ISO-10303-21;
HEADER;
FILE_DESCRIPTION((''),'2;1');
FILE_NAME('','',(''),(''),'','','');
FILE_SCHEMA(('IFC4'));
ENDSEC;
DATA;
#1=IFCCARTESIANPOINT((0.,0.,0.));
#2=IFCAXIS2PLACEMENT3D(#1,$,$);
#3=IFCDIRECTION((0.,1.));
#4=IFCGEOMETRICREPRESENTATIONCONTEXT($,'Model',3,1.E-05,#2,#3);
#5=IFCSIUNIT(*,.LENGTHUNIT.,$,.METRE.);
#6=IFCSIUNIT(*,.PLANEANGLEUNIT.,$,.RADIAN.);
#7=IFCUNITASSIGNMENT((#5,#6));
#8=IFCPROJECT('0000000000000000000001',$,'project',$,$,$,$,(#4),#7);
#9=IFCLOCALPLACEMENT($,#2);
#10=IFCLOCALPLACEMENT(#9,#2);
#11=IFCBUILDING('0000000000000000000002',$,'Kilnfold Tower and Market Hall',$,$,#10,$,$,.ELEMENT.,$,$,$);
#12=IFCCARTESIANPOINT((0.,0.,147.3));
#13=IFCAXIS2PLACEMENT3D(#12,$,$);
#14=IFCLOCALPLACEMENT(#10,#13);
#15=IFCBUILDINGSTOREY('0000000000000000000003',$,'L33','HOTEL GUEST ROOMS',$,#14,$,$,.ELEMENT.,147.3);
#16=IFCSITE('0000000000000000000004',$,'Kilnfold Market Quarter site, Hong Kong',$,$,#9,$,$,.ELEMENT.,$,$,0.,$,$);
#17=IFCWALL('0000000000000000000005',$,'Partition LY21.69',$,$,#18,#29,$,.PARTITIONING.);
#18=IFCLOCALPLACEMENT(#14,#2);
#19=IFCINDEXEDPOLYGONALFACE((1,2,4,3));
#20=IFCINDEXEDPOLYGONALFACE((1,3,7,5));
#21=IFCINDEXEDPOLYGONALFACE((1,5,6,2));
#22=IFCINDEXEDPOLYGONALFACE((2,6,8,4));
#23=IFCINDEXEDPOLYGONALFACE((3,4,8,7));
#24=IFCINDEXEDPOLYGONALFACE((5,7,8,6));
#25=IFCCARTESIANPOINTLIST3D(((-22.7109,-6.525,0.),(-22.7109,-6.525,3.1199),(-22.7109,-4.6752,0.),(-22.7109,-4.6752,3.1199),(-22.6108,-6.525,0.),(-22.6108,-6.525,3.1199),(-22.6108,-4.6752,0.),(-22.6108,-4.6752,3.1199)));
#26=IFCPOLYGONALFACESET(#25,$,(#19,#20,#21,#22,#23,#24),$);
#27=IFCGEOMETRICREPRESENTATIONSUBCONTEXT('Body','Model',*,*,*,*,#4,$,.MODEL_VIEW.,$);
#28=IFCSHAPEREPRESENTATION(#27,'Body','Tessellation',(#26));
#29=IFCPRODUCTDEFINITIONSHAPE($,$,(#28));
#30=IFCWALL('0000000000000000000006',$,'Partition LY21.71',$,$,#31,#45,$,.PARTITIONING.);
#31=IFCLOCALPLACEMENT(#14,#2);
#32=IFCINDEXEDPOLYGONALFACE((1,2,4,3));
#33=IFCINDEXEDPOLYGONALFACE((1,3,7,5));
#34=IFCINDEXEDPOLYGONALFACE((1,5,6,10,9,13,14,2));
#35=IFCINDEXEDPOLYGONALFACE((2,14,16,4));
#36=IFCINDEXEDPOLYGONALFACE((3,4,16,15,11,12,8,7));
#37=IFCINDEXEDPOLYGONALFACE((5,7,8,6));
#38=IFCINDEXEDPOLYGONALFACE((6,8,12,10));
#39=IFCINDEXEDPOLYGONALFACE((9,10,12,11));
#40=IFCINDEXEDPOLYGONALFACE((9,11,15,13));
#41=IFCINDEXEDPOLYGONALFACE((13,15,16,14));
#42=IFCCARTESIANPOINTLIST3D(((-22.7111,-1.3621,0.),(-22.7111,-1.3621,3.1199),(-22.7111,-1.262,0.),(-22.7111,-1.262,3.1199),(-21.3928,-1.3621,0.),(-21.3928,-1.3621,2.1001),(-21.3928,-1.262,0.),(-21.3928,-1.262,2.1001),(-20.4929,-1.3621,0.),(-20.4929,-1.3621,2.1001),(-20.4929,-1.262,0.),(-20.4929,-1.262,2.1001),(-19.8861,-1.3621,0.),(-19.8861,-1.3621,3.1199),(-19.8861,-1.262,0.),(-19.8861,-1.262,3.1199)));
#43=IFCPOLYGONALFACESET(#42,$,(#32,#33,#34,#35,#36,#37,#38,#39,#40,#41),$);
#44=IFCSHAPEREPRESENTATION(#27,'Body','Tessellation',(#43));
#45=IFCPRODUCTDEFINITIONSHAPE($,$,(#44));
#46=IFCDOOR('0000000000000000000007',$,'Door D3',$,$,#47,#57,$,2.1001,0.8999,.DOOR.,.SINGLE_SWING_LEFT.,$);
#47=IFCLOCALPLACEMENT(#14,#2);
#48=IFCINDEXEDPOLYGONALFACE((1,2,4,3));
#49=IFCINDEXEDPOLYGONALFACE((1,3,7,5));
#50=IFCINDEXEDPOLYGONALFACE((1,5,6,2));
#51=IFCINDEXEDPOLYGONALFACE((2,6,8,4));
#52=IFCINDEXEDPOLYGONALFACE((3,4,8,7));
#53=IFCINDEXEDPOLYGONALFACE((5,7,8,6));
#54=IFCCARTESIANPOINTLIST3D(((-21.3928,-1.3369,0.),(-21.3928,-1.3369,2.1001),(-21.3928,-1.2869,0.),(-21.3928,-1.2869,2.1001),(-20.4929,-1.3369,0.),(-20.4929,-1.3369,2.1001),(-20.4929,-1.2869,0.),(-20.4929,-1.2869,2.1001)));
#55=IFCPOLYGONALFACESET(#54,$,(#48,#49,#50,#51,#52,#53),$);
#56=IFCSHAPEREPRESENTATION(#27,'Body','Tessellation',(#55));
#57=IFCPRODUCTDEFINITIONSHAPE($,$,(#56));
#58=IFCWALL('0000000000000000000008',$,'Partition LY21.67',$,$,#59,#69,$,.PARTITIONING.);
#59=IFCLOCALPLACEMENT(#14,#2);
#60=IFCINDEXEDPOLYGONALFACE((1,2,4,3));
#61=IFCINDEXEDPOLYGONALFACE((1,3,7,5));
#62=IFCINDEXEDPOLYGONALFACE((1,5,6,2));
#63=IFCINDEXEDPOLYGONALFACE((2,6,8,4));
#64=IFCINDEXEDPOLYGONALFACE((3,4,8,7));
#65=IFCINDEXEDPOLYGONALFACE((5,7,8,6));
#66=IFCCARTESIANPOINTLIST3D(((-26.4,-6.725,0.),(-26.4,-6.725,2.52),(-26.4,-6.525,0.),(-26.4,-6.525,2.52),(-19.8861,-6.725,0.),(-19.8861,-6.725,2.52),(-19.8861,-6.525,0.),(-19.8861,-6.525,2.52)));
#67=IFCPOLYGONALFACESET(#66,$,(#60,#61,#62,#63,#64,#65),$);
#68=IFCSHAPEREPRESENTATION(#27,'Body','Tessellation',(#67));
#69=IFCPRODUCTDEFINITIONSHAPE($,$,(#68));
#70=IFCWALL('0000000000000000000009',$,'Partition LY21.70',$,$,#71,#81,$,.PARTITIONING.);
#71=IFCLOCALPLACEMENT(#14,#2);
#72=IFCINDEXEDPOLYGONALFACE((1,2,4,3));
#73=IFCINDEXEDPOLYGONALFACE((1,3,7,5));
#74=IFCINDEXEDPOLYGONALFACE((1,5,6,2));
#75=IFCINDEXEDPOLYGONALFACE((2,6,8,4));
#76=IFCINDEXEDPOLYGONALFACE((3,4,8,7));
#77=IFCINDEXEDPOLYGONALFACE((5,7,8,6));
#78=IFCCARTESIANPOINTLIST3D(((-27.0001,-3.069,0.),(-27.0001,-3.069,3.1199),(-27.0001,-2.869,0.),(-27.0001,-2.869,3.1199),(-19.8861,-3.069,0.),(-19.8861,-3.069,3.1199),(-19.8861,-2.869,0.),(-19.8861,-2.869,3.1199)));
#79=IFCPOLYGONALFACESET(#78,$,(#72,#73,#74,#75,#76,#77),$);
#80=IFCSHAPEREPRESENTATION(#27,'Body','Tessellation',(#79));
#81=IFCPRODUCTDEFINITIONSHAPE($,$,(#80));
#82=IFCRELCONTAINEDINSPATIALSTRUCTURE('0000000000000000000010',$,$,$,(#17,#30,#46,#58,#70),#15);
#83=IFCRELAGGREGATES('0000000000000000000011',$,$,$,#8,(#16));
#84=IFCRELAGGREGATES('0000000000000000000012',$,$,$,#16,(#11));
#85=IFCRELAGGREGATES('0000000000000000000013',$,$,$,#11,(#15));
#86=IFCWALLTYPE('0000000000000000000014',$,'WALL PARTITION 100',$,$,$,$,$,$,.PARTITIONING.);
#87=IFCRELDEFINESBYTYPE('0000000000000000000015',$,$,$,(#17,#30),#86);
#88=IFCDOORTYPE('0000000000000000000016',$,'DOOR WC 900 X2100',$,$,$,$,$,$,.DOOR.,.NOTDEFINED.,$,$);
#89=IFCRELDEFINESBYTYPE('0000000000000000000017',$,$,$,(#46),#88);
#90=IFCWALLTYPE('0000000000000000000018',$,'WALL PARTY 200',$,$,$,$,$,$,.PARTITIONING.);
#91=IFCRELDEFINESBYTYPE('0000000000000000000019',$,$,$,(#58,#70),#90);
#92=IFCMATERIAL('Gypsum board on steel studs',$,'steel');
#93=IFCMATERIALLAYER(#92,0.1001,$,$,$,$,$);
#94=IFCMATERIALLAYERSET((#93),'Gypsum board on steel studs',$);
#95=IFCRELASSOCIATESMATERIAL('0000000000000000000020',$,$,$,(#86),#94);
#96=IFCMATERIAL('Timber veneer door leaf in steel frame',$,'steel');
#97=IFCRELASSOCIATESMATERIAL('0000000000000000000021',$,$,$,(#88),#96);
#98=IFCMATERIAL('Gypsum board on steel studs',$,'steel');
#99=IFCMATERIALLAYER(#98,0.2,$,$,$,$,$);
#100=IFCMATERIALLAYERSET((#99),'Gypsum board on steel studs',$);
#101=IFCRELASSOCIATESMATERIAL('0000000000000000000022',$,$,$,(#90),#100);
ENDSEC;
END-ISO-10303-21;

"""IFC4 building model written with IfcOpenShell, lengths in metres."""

from ifc_helpers import new_model, si_unit, direction, frame, frame_2d, origin, place, context, subcontext, project, spatial, rectangle, extrude, material, layer, layer_set, type_object, element, fill, save


model = new_model("IFC4")

# Units and contexts
model_context = context("Model", 3, precision=1e-05, world=origin(), true_north=direction((0.0, 1.0)))
body_context = subcontext(model_context, "Body", "Model", "MODEL_VIEW")
ifc_project = project(units=[si_unit("LENGTHUNIT", "METRE"), si_unit("PLANEANGLEUNIT", "RADIAN")], contexts=[model_context])

# Site, building, storey
site_placement = place(None, origin())
site = spatial("IfcSite", under=ifc_project, at=site_placement, Name="Kilnfold Market Quarter site, Hong Kong", CompositionType="ELEMENT", RefElevation=0.0)
building_placement = place(site_placement, origin())
building = spatial("IfcBuilding", under=site, at=building_placement, Name="Kilnfold Tower and Market Hall", CompositionType="ELEMENT")
storey_placement = place(building_placement, frame((0.0, 0.0, 147.3)))
storey = spatial("IfcBuildingStorey", under=building, at=storey_placement, Name="L33", Description="HOTEL GUEST ROOMS", CompositionType="ELEMENT", Elevation=147.3)

# Shared definitions
ifc_material_1 = material(Name="Gypsum board on steel studs", Category="steel")
ifc_layer_1 = layer(ifc_material_1, 0.1001)
ifc_layer_set_1 = layer_set([ifc_layer_1], Name="Gypsum board on steel studs")
wall_type_1 = type_object("IfcWallType", Name="WALL PARTITION 100", PredefinedType="PARTITIONING", material=ifc_layer_set_1)
ifc_material_2 = material(Name="Timber veneer door leaf in steel frame", Category="steel")
door_type_1 = type_object("IfcDoorType", Name="DOOR WC 900 X2100", OperationType="NOTDEFINED", PredefinedType="DOOR", material=ifc_material_2)

# Wall
wall_1_placement = place(storey_placement, frame((-22.6609, -6.5249, 0.0), z_axis=(0.0, 0.0, 1.0), x_axis=(0.0, 1.0, 0.0)))
element("IfcWall", 1, at=wall_1_placement, inside=storey, type_object=wall_type_1, Name="Partition LY21.69", PredefinedType="PARTITIONING", context=body_context, shape_type="SweptSolid", body=[
    extrude(rectangle(XDim=1.8499, YDim=0.1001, at=frame_2d((0.9248, 0.0))), origin(), (0.0, 0.0, 1.0), 3.1199),
])

# Wall, opening, door
wall_2_placement = place(storey_placement, frame((-19.886, -1.312, 0.0), z_axis=(0.0, 0.0, 1.0), x_axis=(-1.0, 0.0, 0.0)))
wall_2 = element("IfcWall", 2, at=wall_2_placement, inside=storey, type_object=wall_type_1, Name="Partition LY21.71", PredefinedType="PARTITIONING", context=body_context, shape_type="SweptSolid", body=[
    extrude(rectangle(XDim=2.825, YDim=0.1001, at=frame_2d((1.4126, 0.0))), origin(), (0.0, 0.0, 1.0), 3.1199),
])
opening_1_placement = place(wall_2_placement, frame((0.6069, 0.0, 0.0)))
opening_1 = element("IfcOpeningElement", 3, at=opening_1_placement, cuts=wall_2, PredefinedType="OPENING", context=body_context, shape_type="SweptSolid", body=[
    extrude(rectangle(XDim=0.8999, YDim=2.1001, at=frame_2d((0.45, 1.05))), frame((0.0, 0.0601, 0.0), z_axis=(0.0, -1.0, 0.0), x_axis=(1.0, 0.0, 0.0)), (0.0, 0.0, 1.0), 0.1201),
])
door_1_placement = place(opening_1_placement, origin())
door_1 = element("IfcDoor", 4, at=door_1_placement, inside=storey, type_object=door_type_1, Name="Door D3", OperationType="SINGLE_SWING_LEFT", OverallHeight=2.1001, OverallWidth=0.8999, PredefinedType="DOOR", context=body_context, shape_type="SweptSolid", body=[
    extrude(rectangle(XDim=0.8999, YDim=2.1001, at=frame_2d((0.45, 1.05))), frame((0.0, 0.0249, 0.0), z_axis=(0.0, -1.0, 0.0), x_axis=(1.0, 0.0, 0.0)), (0.0, 0.0, 1.0), 0.05),
])
fill(opening_1, door_1)

# Walls
ifc_material_3 = material(Name="Gypsum board on steel studs", Category="steel")
ifc_layer_2 = layer(ifc_material_3, 0.2)
ifc_layer_set_2 = layer_set([ifc_layer_2], Name="Gypsum board on steel studs")
wall_type_2 = type_object("IfcWallType", Name="WALL PARTY 200", PredefinedType="PARTITIONING", material=ifc_layer_set_2)
wall_3_placement = place(storey_placement, frame((-26.3999, -6.625, 0.0), z_axis=(0.0, 0.0, 1.0), x_axis=(1.0, 0.0, 0.0)))
element("IfcWall", 5, at=wall_3_placement, inside=storey, type_object=wall_type_2, Name="Partition LY21.67", PredefinedType="PARTITIONING", context=body_context, shape_type="SweptSolid", body=[
    extrude(rectangle(XDim=6.5139, YDim=0.2, at=frame_2d((3.2568, 0.0))), origin(), (0.0, 0.0, 1.0), 2.52),
])
wall_4_placement = place(storey_placement, frame((-19.886, -2.969, 0.0), z_axis=(0.0, 0.0, 1.0), x_axis=(-1.0, 0.0, 0.0)))
element("IfcWall", 6, at=wall_4_placement, inside=storey, type_object=wall_type_2, Name="Partition LY21.70", PredefinedType="PARTITIONING", context=body_context, shape_type="SweptSolid", body=[
    extrude(rectangle(XDim=7.114, YDim=0.2, at=frame_2d((3.5571, 0.0))), origin(), (0.0, 0.0, 1.0), 3.1199),
])

save(model, "model.ifc")
